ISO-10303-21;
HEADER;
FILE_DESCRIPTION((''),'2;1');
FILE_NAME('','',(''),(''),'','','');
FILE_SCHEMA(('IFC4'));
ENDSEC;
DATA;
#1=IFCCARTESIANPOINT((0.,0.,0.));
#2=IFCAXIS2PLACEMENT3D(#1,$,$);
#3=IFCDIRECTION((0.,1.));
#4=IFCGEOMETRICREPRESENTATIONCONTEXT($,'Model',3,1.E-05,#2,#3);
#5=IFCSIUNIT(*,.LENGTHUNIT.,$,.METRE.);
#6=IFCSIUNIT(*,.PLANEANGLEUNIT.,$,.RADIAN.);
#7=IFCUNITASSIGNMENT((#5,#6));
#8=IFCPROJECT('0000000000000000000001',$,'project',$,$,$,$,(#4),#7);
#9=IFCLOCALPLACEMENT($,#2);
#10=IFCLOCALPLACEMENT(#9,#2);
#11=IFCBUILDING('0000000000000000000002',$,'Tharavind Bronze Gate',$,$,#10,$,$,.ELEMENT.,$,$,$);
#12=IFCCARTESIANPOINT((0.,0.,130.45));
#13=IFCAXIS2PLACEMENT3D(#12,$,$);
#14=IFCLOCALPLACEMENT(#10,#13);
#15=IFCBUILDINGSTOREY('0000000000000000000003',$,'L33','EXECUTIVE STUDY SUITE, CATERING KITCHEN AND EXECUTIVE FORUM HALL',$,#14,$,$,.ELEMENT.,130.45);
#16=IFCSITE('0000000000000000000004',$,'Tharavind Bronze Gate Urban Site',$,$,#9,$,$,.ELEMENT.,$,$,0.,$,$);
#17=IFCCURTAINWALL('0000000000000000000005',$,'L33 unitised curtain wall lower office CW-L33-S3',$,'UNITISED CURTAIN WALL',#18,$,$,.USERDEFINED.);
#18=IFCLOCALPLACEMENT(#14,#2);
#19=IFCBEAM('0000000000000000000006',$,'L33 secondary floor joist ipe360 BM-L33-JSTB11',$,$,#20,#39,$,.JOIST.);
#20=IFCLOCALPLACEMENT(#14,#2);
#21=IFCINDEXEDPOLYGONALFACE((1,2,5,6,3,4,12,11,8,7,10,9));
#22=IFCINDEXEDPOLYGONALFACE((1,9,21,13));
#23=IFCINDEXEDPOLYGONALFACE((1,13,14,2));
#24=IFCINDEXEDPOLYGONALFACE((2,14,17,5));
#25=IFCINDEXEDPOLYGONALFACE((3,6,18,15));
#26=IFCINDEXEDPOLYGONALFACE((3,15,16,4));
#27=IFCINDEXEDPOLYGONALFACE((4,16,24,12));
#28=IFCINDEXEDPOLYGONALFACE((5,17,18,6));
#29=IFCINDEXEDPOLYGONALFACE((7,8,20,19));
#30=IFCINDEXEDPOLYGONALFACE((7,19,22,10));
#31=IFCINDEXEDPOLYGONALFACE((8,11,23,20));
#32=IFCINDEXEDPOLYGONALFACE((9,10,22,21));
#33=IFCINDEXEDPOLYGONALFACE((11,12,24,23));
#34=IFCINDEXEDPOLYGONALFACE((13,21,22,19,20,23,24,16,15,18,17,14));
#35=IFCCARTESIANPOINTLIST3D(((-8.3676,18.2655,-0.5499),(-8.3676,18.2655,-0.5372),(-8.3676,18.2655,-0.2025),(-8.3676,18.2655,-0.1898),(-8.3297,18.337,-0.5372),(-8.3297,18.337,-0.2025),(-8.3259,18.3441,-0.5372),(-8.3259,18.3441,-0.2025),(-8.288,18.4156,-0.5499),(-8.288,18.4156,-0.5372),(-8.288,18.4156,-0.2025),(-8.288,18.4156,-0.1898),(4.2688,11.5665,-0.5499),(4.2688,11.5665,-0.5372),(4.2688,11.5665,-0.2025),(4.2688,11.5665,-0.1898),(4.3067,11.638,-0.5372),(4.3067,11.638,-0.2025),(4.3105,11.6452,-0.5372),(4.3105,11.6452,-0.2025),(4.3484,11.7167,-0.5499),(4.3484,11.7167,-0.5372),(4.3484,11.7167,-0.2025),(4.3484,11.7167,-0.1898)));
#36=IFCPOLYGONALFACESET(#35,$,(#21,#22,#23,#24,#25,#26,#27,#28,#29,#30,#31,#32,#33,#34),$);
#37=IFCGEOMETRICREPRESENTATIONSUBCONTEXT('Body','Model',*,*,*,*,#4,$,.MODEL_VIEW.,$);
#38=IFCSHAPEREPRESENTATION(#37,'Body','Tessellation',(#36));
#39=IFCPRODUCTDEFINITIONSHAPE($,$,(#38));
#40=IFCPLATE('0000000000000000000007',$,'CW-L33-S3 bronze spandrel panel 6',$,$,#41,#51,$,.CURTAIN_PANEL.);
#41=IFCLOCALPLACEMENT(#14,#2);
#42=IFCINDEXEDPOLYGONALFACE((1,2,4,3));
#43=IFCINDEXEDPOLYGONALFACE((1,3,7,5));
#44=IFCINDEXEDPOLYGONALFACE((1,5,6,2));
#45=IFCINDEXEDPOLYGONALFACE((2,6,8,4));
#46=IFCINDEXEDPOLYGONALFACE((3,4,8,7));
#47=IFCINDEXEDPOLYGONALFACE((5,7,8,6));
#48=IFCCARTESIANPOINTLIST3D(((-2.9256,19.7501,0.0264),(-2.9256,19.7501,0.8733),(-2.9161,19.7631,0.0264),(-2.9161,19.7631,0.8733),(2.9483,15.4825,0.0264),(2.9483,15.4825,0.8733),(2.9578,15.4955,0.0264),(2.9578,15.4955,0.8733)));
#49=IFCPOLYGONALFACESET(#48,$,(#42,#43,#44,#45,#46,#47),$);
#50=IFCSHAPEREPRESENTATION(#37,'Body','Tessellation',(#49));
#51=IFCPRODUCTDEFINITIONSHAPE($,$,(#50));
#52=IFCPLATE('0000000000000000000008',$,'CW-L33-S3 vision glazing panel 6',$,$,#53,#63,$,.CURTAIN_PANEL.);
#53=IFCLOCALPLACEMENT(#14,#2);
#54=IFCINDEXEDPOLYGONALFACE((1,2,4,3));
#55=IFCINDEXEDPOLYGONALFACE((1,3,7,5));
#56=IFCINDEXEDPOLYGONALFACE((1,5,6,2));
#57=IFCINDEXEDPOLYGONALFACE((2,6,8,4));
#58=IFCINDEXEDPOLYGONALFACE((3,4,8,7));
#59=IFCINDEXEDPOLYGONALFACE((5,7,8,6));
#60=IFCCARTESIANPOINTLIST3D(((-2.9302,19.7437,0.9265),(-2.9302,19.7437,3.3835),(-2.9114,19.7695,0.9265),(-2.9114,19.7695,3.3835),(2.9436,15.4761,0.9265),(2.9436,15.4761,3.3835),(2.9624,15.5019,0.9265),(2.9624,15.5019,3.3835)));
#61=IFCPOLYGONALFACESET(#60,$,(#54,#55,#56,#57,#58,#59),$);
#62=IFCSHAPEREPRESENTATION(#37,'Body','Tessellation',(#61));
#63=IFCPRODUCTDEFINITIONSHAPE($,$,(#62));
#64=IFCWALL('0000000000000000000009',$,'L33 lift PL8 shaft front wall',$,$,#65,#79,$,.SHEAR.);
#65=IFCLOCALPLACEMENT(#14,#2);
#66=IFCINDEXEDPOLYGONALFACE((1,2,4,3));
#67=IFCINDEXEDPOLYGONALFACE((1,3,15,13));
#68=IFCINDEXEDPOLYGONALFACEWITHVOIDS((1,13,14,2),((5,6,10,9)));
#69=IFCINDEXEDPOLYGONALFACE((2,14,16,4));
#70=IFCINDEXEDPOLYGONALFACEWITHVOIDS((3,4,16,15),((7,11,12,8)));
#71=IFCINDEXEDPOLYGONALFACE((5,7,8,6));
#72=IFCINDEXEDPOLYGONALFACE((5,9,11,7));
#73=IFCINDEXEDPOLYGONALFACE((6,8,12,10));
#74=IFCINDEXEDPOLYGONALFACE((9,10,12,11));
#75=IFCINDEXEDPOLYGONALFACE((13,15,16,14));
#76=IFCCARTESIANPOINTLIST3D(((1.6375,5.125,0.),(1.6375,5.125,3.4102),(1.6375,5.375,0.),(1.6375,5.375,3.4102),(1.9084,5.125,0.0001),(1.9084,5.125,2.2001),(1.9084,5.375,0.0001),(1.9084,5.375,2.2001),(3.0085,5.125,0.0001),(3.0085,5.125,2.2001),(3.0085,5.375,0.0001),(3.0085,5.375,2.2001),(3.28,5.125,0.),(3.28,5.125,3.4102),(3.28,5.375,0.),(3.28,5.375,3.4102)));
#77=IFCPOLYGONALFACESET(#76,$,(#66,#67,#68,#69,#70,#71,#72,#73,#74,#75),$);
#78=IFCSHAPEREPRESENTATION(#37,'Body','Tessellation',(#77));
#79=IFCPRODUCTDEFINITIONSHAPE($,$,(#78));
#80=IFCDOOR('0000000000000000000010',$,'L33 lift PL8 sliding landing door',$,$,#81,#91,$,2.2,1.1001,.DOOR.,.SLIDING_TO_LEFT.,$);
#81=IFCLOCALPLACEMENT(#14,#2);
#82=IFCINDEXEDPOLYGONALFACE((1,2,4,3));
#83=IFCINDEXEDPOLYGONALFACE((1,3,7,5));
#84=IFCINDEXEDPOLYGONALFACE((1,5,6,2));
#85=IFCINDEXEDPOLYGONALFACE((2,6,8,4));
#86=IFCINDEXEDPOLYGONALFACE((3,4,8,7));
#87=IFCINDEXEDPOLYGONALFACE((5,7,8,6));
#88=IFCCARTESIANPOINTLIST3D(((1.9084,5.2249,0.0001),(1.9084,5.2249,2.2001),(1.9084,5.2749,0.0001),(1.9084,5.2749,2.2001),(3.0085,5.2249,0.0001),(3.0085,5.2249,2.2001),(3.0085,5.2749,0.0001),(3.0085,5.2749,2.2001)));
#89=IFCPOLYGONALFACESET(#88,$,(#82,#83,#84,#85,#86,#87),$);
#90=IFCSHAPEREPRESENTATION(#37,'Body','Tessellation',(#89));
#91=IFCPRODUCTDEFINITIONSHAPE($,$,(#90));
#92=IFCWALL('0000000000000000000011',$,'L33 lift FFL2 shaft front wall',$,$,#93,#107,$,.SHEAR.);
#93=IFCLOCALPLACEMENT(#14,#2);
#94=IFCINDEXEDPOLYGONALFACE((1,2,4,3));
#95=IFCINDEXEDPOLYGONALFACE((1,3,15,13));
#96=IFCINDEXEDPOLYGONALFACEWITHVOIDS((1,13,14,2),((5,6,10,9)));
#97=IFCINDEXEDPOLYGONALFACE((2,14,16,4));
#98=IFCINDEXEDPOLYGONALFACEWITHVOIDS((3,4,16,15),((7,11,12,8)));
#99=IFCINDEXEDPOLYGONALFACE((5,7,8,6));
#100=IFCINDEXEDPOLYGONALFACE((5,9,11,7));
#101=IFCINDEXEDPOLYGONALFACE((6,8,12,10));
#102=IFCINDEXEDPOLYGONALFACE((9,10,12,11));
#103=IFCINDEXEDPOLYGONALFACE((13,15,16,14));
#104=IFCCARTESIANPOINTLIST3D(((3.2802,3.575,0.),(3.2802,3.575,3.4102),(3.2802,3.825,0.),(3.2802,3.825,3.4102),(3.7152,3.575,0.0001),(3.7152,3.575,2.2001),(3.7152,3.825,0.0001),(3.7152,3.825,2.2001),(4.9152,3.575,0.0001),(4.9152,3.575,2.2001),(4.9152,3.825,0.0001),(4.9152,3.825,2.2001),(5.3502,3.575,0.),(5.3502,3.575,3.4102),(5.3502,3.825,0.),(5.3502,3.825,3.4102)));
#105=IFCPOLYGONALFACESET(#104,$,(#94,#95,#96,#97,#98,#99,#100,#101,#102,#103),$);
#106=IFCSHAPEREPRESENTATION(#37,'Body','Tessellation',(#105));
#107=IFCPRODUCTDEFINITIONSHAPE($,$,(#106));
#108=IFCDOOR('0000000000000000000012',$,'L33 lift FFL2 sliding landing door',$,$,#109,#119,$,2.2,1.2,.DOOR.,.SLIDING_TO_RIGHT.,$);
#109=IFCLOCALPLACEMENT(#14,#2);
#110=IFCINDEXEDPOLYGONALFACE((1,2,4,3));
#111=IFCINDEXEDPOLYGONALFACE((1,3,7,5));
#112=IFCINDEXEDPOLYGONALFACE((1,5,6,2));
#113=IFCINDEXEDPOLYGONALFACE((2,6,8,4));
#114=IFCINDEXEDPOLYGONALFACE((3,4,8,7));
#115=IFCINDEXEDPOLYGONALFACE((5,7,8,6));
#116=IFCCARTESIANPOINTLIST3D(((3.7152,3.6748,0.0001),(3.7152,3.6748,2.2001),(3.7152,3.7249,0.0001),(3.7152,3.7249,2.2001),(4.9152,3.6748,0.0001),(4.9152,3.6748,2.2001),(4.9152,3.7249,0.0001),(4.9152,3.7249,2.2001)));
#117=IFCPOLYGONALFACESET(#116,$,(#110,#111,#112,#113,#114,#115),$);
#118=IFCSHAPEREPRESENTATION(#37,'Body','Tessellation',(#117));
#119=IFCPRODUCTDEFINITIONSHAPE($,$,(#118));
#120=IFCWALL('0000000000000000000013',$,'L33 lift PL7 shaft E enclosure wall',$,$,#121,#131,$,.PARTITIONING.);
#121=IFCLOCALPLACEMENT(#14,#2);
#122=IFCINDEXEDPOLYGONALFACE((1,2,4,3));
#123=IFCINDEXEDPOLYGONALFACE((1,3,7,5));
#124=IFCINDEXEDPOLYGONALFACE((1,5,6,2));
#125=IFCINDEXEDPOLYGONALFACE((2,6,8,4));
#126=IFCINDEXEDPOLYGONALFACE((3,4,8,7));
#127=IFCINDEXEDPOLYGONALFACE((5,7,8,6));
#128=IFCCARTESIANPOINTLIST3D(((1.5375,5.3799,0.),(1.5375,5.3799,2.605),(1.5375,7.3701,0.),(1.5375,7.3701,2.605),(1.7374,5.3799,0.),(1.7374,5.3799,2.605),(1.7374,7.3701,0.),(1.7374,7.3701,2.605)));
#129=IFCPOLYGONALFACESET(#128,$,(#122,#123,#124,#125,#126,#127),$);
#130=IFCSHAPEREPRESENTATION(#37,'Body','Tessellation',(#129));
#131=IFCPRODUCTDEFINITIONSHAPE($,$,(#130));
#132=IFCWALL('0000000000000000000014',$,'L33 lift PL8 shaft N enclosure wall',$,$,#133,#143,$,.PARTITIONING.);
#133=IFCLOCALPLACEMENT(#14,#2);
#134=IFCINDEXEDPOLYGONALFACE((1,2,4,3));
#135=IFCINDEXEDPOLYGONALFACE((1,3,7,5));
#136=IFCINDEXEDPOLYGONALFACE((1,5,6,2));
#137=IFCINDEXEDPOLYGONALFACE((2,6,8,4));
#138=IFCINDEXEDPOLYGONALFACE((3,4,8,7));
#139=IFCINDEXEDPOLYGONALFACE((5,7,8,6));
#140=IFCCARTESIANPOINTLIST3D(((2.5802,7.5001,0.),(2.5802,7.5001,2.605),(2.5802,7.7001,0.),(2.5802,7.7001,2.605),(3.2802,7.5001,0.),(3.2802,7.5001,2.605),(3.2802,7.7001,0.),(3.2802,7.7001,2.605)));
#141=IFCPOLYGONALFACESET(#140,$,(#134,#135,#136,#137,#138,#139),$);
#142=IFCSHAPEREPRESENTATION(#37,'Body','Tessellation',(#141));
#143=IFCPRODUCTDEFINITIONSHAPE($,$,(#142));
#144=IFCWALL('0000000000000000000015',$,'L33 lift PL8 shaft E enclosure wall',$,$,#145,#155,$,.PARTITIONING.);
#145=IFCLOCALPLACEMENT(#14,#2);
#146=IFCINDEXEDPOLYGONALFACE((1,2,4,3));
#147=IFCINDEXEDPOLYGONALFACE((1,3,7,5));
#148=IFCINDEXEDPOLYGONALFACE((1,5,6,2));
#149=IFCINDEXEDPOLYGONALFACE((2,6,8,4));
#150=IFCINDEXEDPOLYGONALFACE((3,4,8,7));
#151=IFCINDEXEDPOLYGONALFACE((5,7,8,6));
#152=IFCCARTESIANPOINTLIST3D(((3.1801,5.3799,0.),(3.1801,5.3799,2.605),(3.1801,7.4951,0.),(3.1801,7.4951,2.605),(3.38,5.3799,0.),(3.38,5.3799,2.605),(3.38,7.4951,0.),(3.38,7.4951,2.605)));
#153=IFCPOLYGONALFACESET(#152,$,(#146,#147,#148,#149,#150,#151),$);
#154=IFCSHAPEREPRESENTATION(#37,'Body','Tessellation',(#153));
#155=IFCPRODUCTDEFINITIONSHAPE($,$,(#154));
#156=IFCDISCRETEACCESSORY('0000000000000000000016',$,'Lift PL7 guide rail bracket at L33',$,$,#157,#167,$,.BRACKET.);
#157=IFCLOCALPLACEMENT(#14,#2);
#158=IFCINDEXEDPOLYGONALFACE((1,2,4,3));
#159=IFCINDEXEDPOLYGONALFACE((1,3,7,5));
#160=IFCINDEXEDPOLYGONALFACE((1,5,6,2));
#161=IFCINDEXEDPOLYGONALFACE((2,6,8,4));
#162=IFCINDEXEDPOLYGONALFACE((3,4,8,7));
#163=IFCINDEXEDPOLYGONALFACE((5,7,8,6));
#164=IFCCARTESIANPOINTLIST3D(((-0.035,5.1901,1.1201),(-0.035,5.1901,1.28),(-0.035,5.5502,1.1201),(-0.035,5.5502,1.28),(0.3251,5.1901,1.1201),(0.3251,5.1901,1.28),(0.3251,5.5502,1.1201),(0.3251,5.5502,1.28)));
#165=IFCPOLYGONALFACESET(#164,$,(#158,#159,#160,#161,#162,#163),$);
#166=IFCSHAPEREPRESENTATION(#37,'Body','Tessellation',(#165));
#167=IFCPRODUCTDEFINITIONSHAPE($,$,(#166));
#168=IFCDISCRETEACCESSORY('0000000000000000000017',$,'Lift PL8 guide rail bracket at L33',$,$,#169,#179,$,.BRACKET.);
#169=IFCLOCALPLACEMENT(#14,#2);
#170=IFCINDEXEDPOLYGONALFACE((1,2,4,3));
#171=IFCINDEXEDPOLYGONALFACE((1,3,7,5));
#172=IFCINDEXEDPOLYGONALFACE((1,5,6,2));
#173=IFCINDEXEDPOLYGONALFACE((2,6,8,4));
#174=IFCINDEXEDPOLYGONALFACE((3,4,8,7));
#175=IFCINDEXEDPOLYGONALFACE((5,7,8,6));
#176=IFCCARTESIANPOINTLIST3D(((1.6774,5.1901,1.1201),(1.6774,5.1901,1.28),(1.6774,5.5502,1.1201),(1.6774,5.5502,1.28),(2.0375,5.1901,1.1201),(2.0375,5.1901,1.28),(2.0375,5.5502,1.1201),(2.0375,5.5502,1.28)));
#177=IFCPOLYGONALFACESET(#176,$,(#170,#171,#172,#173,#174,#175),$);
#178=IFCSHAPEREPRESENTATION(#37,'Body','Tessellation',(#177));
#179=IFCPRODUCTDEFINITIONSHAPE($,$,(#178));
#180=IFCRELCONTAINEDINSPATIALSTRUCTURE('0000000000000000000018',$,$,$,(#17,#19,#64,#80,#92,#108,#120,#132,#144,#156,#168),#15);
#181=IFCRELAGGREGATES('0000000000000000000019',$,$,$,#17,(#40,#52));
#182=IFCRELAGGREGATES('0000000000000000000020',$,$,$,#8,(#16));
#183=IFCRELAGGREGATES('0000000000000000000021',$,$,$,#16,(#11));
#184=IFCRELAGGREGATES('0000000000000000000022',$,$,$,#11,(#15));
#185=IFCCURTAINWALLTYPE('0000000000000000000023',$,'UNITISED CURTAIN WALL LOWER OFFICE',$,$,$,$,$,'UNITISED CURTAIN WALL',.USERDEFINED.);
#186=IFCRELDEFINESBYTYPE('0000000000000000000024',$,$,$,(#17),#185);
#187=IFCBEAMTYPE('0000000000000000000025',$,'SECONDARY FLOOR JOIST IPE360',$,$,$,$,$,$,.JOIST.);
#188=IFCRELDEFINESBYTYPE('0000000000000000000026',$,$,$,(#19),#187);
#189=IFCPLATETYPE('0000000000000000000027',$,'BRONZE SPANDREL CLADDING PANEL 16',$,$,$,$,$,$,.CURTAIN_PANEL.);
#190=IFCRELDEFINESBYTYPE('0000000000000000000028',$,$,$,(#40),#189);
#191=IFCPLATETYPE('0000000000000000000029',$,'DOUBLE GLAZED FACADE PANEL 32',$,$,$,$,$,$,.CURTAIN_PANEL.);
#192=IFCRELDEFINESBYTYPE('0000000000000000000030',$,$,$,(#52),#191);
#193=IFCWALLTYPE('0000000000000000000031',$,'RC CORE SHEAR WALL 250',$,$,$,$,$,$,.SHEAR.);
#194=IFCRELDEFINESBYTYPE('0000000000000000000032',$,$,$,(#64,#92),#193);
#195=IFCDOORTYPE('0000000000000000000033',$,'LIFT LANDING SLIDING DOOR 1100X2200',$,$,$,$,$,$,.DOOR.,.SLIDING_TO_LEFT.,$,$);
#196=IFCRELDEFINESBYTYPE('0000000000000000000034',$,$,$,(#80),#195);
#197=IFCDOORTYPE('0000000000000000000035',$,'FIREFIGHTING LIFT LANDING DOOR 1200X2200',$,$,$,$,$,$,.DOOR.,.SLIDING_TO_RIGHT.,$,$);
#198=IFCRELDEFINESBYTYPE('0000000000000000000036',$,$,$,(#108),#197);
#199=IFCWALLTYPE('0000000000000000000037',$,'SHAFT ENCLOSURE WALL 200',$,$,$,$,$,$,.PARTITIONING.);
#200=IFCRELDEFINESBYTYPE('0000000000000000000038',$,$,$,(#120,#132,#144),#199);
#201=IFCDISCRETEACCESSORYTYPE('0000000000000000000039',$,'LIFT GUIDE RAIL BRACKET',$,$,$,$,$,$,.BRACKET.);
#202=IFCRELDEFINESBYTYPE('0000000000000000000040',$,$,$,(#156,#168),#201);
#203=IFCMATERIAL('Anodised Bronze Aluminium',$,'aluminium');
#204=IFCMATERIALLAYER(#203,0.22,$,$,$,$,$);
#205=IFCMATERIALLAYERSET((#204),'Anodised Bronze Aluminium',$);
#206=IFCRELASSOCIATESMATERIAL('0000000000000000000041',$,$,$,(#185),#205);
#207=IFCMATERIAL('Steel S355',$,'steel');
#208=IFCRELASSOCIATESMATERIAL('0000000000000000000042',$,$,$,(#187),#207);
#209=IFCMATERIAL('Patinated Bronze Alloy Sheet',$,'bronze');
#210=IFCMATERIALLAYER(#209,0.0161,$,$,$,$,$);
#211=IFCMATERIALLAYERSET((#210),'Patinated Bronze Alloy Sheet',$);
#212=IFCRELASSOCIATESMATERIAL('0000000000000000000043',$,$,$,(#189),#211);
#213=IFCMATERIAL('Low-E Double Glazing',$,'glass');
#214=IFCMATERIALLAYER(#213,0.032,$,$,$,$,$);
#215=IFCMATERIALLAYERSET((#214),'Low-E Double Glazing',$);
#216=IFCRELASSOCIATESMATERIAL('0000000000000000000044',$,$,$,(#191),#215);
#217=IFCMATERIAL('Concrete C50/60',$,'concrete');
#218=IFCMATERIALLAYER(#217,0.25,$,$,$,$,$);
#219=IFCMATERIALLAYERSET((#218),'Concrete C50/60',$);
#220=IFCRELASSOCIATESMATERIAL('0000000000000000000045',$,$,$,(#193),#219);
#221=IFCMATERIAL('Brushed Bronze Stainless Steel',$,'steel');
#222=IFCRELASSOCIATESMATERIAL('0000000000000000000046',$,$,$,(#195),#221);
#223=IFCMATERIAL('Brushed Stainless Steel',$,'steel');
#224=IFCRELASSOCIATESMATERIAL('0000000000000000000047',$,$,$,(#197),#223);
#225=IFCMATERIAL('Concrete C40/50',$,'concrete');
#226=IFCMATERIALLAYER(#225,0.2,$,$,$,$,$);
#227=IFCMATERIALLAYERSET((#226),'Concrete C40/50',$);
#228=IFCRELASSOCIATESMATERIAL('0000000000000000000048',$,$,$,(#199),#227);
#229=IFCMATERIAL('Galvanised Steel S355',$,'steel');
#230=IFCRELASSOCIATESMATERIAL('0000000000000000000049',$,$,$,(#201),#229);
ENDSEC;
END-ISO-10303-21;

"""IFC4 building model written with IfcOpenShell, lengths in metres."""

from ifc_helpers import new_model, si_unit, direction, frame, frame_2d, origin, origin_2d, place, context, subcontext, project, spatial, rectangle, i_section, extrude, material, layer, layer_set, material_profile, profile_set, type_object, element, fill, aggregate, save


model = new_model("IFC4")

# Units and contexts
model_context = context("Model", 3, precision=1e-05, world=origin(), true_north=direction((0.0, 1.0)))
body_context = subcontext(model_context, "Body", "Model", "MODEL_VIEW")
ifc_project = project(units=[si_unit("LENGTHUNIT", "METRE"), si_unit("PLANEANGLEUNIT", "RADIAN")], contexts=[model_context])

# Site, building, storey
site_placement = place(None, origin())
site = spatial("IfcSite", under=ifc_project, at=site_placement, Name="Tharavind Bronze Gate Urban Site", CompositionType="ELEMENT", RefElevation=0.0)
building_placement = place(site_placement, origin())
building = spatial("IfcBuilding", under=site, at=building_placement, Name="Tharavind Bronze Gate", CompositionType="ELEMENT")
storey_placement = place(building_placement, frame((0.0, 0.0, 130.45)))
storey = spatial("IfcBuildingStorey", under=building, at=storey_placement, Name="L33", Description="EXECUTIVE STUDY SUITE, CATERING KITCHEN AND EXECUTIVE FORUM HALL", CompositionType="ELEMENT", Elevation=130.45)

# Curtain wall
ifc_material_1 = material(Name="Anodised Bronze Aluminium", Category="aluminium")
ifc_layer_1 = layer(ifc_material_1, 0.22)
ifc_layer_set_1 = layer_set([ifc_layer_1], Name="Anodised Bronze Aluminium")
curtain_wall_type = type_object("IfcCurtainWallType", Name="UNITISED CURTAIN WALL LOWER OFFICE", ElementType="UNITISED CURTAIN WALL", PredefinedType="USERDEFINED", material=ifc_layer_set_1)
curtain_wall_placement = place(storey_placement, origin())
curtain_wall = element("IfcCurtainWall", 1, at=curtain_wall_placement, inside=storey, type_object=curtain_wall_type, Name="L33 unitised curtain wall lower office CW-L33-S3", ObjectType="UNITISED CURTAIN WALL", PredefinedType="USERDEFINED")

# Beam
ifc_material_2 = material(Name="Steel S355", Category="steel")
ifc_material_profile_1 = material_profile(ifc_material_2, i_section(OverallWidth=0.1699, OverallDepth=0.3601, WebThickness=0.0081, FlangeThickness=0.0127, at=origin_2d()), Name="IPE360")
ifc_profile_set_1 = profile_set([ifc_material_profile_1], Name="Steel S355")
beam_type_1 = type_object("IfcBeamType", Name="SECONDARY FLOOR JOIST IPE360", PredefinedType="JOIST", material=ifc_profile_set_1)
beam_1_placement = place(storey_placement, frame((4.3086, 11.6416, -0.3699), z_axis=(-0.883525, 0.468383, 0.0), x_axis=(-0.468383, -0.883525, 0.0)))
element("IfcBeam", 2, at=beam_1_placement, inside=storey, type_object=beam_type_1, Name="L33 secondary floor joist ipe360 BM-L33-JSTB11", PredefinedType="JOIST", context=body_context, shape_type="SweptSolid", body=[
    extrude(i_section(OverallWidth=0.1699, OverallDepth=0.3601, WebThickness=0.0081, FlangeThickness=0.0127, at=origin_2d()), origin(), (0.0, 0.0, 1.0), 14.3022),
])

# Plates
ifc_material_3 = material(Name="Patinated Bronze Alloy Sheet", Category="bronze")
ifc_layer_2 = layer(ifc_material_3, 0.0161)
ifc_layer_set_2 = layer_set([ifc_layer_2], Name="Patinated Bronze Alloy Sheet")
plate_type_1 = type_object("IfcPlateType", Name="BRONZE SPANDREL CLADDING PANEL 16", PredefinedType="CURTAIN_PANEL", material=ifc_layer_set_2)
plate_1_placement = place(storey_placement, frame((0.0161, 17.6228, 0.0264), z_axis=(0.0, 0.0, 1.0), x_axis=(-0.809017, 0.587785, 0.0)))
plate_1 = element("IfcPlate", 3, at=plate_1_placement, type_object=plate_type_1, Name="CW-L33-S3 bronze spandrel panel 6", PredefinedType="CURTAIN_PANEL", context=body_context, shape_type="SweptSolid", body=[
    extrude(rectangle(XDim=7.2605, YDim=0.0161, at=origin_2d()), origin(), (0.0, 0.0, 1.0), 0.8469),
])
ifc_material_4 = material(Name="Low-E Double Glazing", Category="glass")
ifc_layer_3 = layer(ifc_material_4, 0.032)
ifc_layer_set_3 = layer_set([ifc_layer_3], Name="Low-E Double Glazing")
plate_type_2 = type_object("IfcPlateType", Name="DOUBLE GLAZED FACADE PANEL 32", PredefinedType="CURTAIN_PANEL", material=ifc_layer_set_3)
plate_2_placement = place(storey_placement, frame((0.0161, 17.6228, 0.9265), z_axis=(0.0, 0.0, 1.0), x_axis=(-0.809017, 0.587785, 0.0)))
plate_2 = element("IfcPlate", 4, at=plate_2_placement, type_object=plate_type_2, Name="CW-L33-S3 vision glazing panel 6", PredefinedType="CURTAIN_PANEL", context=body_context, shape_type="SweptSolid", body=[
    extrude(rectangle(XDim=7.2605, YDim=0.032, at=origin_2d()), origin(), (0.0, 0.0, 1.0), 2.457),
])
aggregate(curtain_wall, [plate_1, plate_2])

# Walls, openings, doors
ifc_material_5 = material(Name="Concrete C50/60", Category="concrete")
ifc_layer_4 = layer(ifc_material_5, 0.25)
ifc_layer_set_4 = layer_set([ifc_layer_4], Name="Concrete C50/60")
wall_type_1 = type_object("IfcWallType", Name="RC CORE SHEAR WALL 250", PredefinedType="SHEAR", material=ifc_layer_set_4)
wall_1_placement = place(storey_placement, frame((1.6375, 5.25, 0.0), z_axis=(0.0, 0.0, 1.0), x_axis=(1.0, 0.0, 0.0)))
wall_1 = element("IfcWall", 5, at=wall_1_placement, inside=storey, type_object=wall_type_1, Name="L33 lift PL8 shaft front wall", PredefinedType="SHEAR", context=body_context, shape_type="SweptSolid", body=[
    extrude(rectangle(XDim=1.6426, YDim=0.25, at=frame_2d((0.8213, 0.0))), origin(), (0.0, 0.0, 1.0), 3.4102),
])
opening_1_placement = place(wall_1_placement, frame((0.271, 0.0, 0.0)))
opening_1 = element("IfcOpeningElement", 6, at=opening_1_placement, cuts=wall_1, PredefinedType="OPENING", context=body_context, shape_type="SweptSolid", body=[
    extrude(rectangle(XDim=1.1001, YDim=2.2, at=frame_2d((0.55, 1.1001))), frame((0.0, 0.135, 0.0), z_axis=(0.0, -1.0, 0.0), x_axis=(1.0, 0.0, 0.0)), (0.0, 0.0, 1.0), 0.27),
])
ifc_material_6 = material(Name="Brushed Bronze Stainless Steel", Category="steel")
door_type_1 = type_object("IfcDoorType", Name="LIFT LANDING SLIDING DOOR 1100X2200", OperationType="SLIDING_TO_LEFT", PredefinedType="DOOR", material=ifc_material_6)
door_1_placement = place(opening_1_placement, origin())
door_1 = element("IfcDoor", 7, at=door_1_placement, inside=storey, type_object=door_type_1, Name="L33 lift PL8 sliding landing door", OperationType="SLIDING_TO_LEFT", OverallHeight=2.2, OverallWidth=1.1001, PredefinedType="DOOR", context=body_context, shape_type="SweptSolid", body=[
    extrude(rectangle(XDim=1.1001, YDim=2.2, at=frame_2d((0.55, 1.1001))), frame((0.0, 0.0249, 0.0), z_axis=(0.0, -1.0, 0.0), x_axis=(1.0, 0.0, 0.0)), (0.0, 0.0, 1.0), 0.05),
])
fill(opening_1, door_1)
wall_2_placement = place(storey_placement, frame((3.28, 3.7, 0.0), z_axis=(0.0, 0.0, 1.0), x_axis=(1.0, 0.0, 0.0)))
wall_2 = element("IfcWall", 8, at=wall_2_placement, inside=storey, type_object=wall_type_1, Name="L33 lift FFL2 shaft front wall", PredefinedType="SHEAR", context=body_context, shape_type="SweptSolid", body=[
    extrude(rectangle(XDim=2.0701, YDim=0.25, at=frame_2d((1.0352, 0.0))), origin(), (0.0, 0.0, 1.0), 3.4102),
])
opening_2_placement = place(wall_2_placement, frame((0.4351, 0.0, 0.0)))
opening_2 = element("IfcOpeningElement", 9, at=opening_2_placement, cuts=wall_2, PredefinedType="OPENING", context=body_context, shape_type="SweptSolid", body=[
    extrude(rectangle(XDim=1.2, YDim=2.2, at=frame_2d((0.6001, 1.1001))), frame((0.0, 0.135, 0.0), z_axis=(0.0, -1.0, 0.0), x_axis=(1.0, 0.0, 0.0)), (0.0, 0.0, 1.0), 0.27),
])
ifc_material_7 = material(Name="Brushed Stainless Steel", Category="steel")
door_type_2 = type_object("IfcDoorType", Name="FIREFIGHTING LIFT LANDING DOOR 1200X2200", OperationType="SLIDING_TO_RIGHT", PredefinedType="DOOR", material=ifc_material_7)
door_2_placement = place(opening_2_placement, origin())
door_2 = element("IfcDoor", 10, at=door_2_placement, inside=storey, type_object=door_type_2, Name="L33 lift FFL2 sliding landing door", OperationType="SLIDING_TO_RIGHT", OverallHeight=2.2, OverallWidth=1.2, PredefinedType="DOOR", context=body_context, shape_type="SweptSolid", body=[
    extrude(rectangle(XDim=1.2, YDim=2.2, at=frame_2d((0.6001, 1.1001))), frame((0.0, 0.0249, 0.0), z_axis=(0.0, -1.0, 0.0), x_axis=(1.0, 0.0, 0.0)), (0.0, 0.0, 1.0), 0.05),
])
fill(opening_2, door_2)

# Walls
ifc_material_8 = material(Name="Concrete C40/50", Category="concrete")
ifc_layer_5 = layer(ifc_material_8, 0.2)
ifc_layer_set_5 = layer_set([ifc_layer_5], Name="Concrete C40/50")
wall_type_2 = type_object("IfcWallType", Name="SHAFT ENCLOSURE WALL 200", PredefinedType="PARTITIONING", material=ifc_layer_set_5)
wall_3_placement = place(storey_placement, frame((1.6375, 5.3799, 0.0), z_axis=(0.0, 0.0, 1.0), x_axis=(0.0, 1.0, 0.0)))
element("IfcWall", 11, at=wall_3_placement, inside=storey, type_object=wall_type_2, Name="L33 lift PL7 shaft E enclosure wall", PredefinedType="PARTITIONING", context=body_context, shape_type="SweptSolid", body=[
    extrude(rectangle(XDim=1.9902, YDim=0.2, at=frame_2d((0.9951, 0.0))), origin(), (0.0, 0.0, 1.0), 2.605),
])
wall_4_placement = place(storey_placement, frame((2.5801, 7.6001, 0.0), z_axis=(0.0, 0.0, 1.0), x_axis=(1.0, 0.0, 0.0)))
element("IfcWall", 12, at=wall_4_placement, inside=storey, type_object=wall_type_2, Name="L33 lift PL8 shaft N enclosure wall", PredefinedType="PARTITIONING", context=body_context, shape_type="SweptSolid", body=[
    extrude(rectangle(XDim=0.7, YDim=0.2, at=frame_2d((0.3501, 0.0))), origin(), (0.0, 0.0, 1.0), 2.605),
])
wall_5_placement = place(storey_placement, frame((3.28, 5.3799, 0.0), z_axis=(0.0, 0.0, 1.0), x_axis=(0.0, 1.0, 0.0)))
element("IfcWall", 13, at=wall_5_placement, inside=storey, type_object=wall_type_2, Name="L33 lift PL8 shaft E enclosure wall", PredefinedType="PARTITIONING", context=body_context, shape_type="SweptSolid", body=[
    extrude(rectangle(XDim=2.1152, YDim=0.2, at=frame_2d((1.0576, 0.0))), origin(), (0.0, 0.0, 1.0), 2.605),
])

# Discrete accessories
ifc_material_9 = material(Name="Galvanised Steel S355", Category="steel")
discrete_accessory_type = type_object("IfcDiscreteAccessoryType", Name="LIFT GUIDE RAIL BRACKET", PredefinedType="BRACKET", material=ifc_material_9)
for number, where, z_axis, x_axis, name in (
    (14, (0.145, 5.3701, 1.1201), (0.0, 0.0, 1.0), (1.0, 0.0, 0.0), "Lift PL7 guide rail bracket at L33"),
    (15, (1.8574, 5.3701, 1.1201), (0.0, 0.0, 1.0), (1.0, 0.0, 0.0), "Lift PL8 guide rail bracket at L33"),
):
    element("IfcDiscreteAccessory", number, at=place(storey_placement, frame(where, z_axis=z_axis, x_axis=x_axis)), inside=storey, type_object=discrete_accessory_type, Name=name, PredefinedType="BRACKET", context=body_context, shape_type="SweptSolid", body=[
        extrude(rectangle(XDim=0.3601, YDim=0.3601, at=origin_2d()), origin(), (0.0, 0.0, 1.0), 0.1599),
    ])

save(model, "model.ifc")
